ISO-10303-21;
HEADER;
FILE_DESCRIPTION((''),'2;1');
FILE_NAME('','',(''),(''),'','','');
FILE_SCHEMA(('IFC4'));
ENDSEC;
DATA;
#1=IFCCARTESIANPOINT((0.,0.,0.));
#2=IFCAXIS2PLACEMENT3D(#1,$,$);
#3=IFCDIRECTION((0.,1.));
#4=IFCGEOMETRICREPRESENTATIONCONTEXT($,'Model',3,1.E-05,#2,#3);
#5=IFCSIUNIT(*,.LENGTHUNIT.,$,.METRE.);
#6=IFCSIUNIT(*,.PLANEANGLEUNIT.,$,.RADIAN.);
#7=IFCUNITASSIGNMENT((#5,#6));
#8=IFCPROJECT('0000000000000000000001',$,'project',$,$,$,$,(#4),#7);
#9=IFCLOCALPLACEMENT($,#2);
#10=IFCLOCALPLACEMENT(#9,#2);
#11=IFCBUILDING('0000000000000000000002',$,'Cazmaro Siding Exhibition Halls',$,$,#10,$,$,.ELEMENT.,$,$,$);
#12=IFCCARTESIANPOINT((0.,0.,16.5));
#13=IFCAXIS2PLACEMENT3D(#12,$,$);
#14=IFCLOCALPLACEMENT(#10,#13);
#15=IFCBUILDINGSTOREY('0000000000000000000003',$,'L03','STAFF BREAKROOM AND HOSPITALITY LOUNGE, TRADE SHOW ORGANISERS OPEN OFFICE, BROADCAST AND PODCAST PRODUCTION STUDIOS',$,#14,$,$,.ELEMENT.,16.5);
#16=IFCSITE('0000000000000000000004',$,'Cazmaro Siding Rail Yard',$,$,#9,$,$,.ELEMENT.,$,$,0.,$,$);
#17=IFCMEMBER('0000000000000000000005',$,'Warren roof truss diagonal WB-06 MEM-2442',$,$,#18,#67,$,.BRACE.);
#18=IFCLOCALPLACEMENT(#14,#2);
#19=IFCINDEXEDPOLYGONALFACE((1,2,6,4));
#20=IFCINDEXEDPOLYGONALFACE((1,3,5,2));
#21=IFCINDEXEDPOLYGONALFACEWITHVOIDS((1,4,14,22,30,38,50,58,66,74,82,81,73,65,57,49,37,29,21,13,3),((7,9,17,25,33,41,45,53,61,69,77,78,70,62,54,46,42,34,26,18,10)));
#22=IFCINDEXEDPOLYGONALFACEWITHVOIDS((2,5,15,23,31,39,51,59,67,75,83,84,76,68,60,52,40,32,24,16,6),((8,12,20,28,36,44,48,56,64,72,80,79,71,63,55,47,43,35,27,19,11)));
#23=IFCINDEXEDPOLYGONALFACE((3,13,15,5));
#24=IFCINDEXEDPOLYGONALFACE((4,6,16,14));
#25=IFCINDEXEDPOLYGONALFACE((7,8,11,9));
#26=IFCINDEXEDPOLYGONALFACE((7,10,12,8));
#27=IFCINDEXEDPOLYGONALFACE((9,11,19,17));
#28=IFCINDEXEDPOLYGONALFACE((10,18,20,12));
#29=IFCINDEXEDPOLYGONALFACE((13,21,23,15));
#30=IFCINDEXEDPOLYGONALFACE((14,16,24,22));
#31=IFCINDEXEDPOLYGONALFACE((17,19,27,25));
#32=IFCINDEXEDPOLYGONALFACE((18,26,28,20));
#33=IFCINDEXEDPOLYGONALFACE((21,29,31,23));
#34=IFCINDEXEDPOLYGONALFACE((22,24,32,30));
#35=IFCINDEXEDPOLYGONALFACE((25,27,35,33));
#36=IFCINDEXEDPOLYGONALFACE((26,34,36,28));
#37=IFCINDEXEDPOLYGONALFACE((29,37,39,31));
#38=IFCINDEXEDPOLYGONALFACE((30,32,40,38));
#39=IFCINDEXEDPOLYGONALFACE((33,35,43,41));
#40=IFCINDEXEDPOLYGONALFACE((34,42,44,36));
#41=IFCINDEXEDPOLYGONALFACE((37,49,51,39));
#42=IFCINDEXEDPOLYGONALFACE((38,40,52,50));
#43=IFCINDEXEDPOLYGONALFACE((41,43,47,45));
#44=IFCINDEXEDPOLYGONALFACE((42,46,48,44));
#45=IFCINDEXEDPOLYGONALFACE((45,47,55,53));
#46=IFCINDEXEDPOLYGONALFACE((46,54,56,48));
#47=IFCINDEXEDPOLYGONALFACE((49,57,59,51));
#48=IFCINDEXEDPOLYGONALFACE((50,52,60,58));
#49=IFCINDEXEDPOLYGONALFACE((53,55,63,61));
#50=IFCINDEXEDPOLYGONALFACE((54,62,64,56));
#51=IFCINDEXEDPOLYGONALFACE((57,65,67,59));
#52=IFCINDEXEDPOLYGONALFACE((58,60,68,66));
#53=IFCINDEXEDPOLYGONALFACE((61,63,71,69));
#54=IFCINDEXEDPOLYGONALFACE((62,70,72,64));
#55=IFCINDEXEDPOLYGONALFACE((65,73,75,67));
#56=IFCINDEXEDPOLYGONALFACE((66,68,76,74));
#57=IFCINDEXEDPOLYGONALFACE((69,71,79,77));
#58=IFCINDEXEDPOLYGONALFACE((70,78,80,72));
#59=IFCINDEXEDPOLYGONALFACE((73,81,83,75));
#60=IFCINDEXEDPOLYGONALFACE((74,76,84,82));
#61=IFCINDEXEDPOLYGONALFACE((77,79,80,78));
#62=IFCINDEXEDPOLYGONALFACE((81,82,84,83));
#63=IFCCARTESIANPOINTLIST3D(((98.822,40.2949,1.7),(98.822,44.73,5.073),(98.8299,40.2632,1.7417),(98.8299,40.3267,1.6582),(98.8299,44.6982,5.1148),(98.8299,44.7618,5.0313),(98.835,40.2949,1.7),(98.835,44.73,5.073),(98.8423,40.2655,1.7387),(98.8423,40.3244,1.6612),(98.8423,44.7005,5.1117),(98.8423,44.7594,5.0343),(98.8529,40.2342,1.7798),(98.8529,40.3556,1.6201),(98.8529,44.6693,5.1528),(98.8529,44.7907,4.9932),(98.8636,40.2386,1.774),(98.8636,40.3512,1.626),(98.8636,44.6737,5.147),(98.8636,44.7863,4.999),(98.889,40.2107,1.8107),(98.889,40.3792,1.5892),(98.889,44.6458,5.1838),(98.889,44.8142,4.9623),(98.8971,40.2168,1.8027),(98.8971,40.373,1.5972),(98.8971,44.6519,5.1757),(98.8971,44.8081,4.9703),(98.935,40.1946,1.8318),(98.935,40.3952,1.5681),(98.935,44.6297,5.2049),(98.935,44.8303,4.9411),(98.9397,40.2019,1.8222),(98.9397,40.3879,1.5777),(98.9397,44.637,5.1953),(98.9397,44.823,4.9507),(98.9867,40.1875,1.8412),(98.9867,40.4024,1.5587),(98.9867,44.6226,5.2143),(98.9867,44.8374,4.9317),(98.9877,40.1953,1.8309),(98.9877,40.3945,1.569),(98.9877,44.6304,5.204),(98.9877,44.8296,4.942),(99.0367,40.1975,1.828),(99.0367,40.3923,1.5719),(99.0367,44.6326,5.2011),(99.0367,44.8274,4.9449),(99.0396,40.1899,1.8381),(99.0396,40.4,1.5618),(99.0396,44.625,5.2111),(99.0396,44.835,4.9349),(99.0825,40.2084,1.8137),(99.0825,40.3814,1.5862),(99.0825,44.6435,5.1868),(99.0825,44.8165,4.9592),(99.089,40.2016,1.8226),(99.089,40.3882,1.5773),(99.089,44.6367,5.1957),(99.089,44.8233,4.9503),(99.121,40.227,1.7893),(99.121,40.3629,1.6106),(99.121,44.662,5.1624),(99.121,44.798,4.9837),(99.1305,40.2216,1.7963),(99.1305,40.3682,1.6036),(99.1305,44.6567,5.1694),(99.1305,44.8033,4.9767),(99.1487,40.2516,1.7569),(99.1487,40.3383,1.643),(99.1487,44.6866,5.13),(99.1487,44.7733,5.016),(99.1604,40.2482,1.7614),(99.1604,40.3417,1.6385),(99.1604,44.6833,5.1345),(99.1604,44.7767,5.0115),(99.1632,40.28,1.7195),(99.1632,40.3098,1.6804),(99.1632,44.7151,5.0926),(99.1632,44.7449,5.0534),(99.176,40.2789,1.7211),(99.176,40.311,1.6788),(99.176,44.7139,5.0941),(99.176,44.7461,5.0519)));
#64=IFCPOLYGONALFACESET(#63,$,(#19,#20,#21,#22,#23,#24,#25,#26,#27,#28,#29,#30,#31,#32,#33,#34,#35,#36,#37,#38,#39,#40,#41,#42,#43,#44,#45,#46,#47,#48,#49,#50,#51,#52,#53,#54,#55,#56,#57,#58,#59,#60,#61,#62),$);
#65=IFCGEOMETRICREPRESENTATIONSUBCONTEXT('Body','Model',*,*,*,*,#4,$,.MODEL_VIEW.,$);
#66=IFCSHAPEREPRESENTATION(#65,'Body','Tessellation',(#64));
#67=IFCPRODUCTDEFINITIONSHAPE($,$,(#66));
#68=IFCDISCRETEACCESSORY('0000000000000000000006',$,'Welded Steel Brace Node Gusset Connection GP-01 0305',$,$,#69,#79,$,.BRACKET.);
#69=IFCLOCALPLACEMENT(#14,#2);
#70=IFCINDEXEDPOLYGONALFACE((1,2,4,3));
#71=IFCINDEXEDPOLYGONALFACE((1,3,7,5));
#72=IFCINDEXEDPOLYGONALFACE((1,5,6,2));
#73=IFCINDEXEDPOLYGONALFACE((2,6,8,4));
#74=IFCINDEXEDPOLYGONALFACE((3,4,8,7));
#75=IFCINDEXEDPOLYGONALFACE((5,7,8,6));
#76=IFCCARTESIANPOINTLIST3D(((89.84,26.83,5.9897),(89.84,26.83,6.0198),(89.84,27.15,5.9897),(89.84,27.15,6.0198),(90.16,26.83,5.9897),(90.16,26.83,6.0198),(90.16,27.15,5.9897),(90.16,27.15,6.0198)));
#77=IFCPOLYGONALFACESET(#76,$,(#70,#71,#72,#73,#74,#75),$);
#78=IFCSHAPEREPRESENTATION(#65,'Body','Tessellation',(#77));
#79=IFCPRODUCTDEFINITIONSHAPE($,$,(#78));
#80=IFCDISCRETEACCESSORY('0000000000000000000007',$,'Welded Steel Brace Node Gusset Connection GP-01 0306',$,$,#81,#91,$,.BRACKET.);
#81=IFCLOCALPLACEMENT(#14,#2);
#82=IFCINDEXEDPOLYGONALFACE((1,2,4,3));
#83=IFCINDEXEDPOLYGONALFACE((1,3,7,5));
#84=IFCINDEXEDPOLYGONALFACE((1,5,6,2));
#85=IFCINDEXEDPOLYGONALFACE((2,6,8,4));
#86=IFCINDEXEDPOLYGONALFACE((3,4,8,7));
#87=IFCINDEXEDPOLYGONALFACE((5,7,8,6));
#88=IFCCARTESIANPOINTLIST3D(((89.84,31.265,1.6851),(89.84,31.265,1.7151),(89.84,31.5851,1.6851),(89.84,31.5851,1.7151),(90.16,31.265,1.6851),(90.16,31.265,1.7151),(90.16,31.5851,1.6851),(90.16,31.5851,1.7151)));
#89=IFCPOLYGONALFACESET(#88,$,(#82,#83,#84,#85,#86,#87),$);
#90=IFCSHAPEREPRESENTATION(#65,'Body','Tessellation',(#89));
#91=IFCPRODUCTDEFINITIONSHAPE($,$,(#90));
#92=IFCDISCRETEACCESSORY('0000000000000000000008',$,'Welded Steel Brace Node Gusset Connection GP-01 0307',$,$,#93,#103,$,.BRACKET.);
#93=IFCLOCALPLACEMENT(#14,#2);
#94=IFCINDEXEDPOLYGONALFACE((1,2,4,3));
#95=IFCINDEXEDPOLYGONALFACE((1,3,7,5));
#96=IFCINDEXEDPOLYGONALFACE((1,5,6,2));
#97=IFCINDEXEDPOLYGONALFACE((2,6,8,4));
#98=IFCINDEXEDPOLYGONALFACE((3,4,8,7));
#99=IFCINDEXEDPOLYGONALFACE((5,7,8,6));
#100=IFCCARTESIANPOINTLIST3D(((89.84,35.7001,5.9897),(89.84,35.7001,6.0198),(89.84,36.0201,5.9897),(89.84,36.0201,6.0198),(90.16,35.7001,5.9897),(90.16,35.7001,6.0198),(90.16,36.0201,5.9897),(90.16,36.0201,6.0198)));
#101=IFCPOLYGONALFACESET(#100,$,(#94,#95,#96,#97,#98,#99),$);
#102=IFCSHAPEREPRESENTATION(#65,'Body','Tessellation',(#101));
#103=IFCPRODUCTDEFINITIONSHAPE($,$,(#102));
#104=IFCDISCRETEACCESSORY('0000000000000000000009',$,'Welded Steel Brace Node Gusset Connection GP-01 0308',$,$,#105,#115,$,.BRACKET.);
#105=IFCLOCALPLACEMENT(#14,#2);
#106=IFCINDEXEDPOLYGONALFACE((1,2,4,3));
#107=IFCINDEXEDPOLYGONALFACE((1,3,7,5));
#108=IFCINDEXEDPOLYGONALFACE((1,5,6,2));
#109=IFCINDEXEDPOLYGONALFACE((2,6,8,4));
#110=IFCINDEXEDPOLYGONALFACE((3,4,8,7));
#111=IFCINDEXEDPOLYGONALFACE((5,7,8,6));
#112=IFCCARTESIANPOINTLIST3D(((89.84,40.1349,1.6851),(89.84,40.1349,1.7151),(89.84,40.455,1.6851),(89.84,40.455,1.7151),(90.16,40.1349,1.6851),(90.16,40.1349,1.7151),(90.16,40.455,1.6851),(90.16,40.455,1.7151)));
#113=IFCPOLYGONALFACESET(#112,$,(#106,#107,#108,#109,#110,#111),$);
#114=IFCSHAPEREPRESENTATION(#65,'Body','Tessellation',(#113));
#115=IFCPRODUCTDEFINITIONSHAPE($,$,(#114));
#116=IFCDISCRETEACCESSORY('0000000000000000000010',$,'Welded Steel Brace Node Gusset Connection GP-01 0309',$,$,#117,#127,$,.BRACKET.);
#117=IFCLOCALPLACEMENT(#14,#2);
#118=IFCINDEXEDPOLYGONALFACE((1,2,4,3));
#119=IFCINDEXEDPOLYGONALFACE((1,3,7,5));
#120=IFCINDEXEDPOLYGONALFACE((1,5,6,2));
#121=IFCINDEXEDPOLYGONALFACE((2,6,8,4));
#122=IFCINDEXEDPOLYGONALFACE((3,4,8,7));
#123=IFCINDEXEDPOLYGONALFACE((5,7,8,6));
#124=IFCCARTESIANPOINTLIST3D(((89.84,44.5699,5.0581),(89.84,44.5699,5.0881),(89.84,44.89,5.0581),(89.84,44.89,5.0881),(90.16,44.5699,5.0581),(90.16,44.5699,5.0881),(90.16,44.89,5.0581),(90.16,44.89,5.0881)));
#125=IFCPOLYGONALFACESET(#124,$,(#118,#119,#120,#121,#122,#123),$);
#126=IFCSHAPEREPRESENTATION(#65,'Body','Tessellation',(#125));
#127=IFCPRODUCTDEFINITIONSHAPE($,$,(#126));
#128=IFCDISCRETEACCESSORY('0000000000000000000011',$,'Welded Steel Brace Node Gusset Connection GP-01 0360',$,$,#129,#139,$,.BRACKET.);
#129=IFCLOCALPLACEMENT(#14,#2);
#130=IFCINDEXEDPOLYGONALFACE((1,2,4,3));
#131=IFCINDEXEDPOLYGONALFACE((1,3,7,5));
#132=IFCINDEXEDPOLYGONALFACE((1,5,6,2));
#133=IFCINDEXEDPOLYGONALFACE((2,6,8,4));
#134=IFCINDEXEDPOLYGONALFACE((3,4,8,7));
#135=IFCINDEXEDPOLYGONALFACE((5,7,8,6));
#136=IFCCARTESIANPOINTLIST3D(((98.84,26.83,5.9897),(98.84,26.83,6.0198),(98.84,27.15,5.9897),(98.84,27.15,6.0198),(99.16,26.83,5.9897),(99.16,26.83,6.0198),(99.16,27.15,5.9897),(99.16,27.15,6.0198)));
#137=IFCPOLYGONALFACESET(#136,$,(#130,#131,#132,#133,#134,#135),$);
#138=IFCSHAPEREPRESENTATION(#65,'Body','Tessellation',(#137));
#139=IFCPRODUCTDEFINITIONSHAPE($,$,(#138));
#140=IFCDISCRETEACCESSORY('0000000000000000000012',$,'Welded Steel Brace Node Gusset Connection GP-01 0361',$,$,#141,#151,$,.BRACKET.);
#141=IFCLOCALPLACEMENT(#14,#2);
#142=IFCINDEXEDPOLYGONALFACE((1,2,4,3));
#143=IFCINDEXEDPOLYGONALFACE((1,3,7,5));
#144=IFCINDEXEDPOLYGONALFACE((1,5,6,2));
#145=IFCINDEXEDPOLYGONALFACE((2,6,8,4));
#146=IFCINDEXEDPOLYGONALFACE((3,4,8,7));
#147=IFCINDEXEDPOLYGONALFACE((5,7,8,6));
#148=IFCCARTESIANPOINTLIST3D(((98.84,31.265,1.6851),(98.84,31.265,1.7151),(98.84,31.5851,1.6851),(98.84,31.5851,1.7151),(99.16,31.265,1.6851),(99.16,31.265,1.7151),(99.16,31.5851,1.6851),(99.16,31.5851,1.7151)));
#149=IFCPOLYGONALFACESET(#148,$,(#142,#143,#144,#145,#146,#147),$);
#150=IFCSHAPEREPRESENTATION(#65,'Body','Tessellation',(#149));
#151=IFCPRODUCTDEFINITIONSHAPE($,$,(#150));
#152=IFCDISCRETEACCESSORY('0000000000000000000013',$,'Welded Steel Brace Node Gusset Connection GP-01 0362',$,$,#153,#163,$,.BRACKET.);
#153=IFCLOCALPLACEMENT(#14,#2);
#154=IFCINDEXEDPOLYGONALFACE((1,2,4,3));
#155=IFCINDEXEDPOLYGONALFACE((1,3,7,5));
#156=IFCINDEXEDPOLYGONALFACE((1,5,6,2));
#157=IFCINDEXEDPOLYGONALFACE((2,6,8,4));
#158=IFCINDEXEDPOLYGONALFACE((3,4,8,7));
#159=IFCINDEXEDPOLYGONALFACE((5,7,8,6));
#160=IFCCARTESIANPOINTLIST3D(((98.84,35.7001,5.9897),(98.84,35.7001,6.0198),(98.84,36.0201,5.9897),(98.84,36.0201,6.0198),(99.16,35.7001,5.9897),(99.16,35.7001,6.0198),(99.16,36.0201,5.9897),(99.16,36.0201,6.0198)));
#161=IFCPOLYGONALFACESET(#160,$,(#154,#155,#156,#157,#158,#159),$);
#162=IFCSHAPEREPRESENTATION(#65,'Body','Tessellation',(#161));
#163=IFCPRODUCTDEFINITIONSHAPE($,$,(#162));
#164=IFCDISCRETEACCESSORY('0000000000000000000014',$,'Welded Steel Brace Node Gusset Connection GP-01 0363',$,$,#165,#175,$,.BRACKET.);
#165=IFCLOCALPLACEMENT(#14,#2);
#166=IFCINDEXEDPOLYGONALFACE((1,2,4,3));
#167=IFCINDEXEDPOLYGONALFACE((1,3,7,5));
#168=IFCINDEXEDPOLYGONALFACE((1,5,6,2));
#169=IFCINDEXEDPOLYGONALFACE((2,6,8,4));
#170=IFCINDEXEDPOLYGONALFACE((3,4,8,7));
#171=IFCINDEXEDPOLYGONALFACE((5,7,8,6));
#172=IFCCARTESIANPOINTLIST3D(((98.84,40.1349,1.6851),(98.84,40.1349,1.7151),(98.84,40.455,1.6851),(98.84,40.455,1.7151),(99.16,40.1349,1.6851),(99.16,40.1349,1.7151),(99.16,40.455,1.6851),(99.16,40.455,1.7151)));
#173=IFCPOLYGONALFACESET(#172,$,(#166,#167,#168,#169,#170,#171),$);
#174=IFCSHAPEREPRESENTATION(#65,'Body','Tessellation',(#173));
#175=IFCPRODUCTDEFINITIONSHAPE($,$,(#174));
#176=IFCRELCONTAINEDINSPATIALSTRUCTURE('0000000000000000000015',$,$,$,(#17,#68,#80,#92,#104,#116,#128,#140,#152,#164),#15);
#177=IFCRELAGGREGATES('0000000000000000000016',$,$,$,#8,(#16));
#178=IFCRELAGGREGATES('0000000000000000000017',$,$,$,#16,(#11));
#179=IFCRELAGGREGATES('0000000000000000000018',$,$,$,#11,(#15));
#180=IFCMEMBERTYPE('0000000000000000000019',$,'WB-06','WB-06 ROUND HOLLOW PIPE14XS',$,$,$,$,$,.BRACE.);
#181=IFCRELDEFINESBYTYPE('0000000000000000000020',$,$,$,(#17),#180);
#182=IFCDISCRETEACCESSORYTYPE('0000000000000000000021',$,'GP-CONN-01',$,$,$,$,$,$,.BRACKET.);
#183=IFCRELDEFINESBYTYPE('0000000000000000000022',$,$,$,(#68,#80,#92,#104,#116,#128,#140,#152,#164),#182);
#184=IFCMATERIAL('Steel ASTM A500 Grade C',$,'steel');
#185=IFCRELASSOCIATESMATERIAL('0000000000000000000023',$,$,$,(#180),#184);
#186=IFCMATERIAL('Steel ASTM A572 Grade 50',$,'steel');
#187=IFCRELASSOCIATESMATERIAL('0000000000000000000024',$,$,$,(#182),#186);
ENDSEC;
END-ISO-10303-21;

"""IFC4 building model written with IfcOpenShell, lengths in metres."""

from ifc_helpers import new_model, si_unit, direction, frame, origin, origin_2d, place, context, subcontext, project, spatial, rectangle, hollow_circle, extrude, material, material_profile, profile_set, type_object, element, save


model = new_model("IFC4")

# Units and contexts
model_context = context("Model", 3, precision=1e-05, world=origin(), true_north=direction((0.0, 1.0)))
body_context = subcontext(model_context, "Body", "Model", "MODEL_VIEW")
ifc_project = project(units=[si_unit("LENGTHUNIT", "METRE"), si_unit("PLANEANGLEUNIT", "RADIAN")], contexts=[model_context])

# Site, building, storey
site_placement = place(None, origin())
site = spatial("IfcSite", under=ifc_project, at=site_placement, Name="Cazmaro Siding Rail Yard", CompositionType="ELEMENT", RefElevation=0.0)
building_placement = place(site_placement, origin())
building = spatial("IfcBuilding", under=site, at=building_placement, Name="Cazmaro Siding Exhibition Halls", CompositionType="ELEMENT")
storey_placement = place(building_placement, frame((0.0, 0.0, 16.5)))
storey = spatial("IfcBuildingStorey", under=building, at=storey_placement, Name="L03", Description="STAFF BREAKROOM AND HOSPITALITY LOUNGE, TRADE SHOW ORGANISERS OPEN OFFICE, BROADCAST AND PODCAST PRODUCTION STUDIOS", CompositionType="ELEMENT", Elevation=16.5)

# Member
ifc_material_1 = material(Name="Steel ASTM A500 Grade C", Category="steel")
ifc_material_profile_1 = material_profile(ifc_material_1, hollow_circle(Radius=0.178, WallThickness=0.0129, at=origin_2d()), Name="PIPE14XS")
ifc_profile_set_1 = profile_set([ifc_material_profile_1], Name="Steel ASTM A500 Grade C")
member_type_1 = type_object("IfcMemberType", Name="WB-06", Description="WB-06 ROUND HOLLOW PIPE14XS", PredefinedType="BRACE", material=ifc_profile_set_1)
member_1_placement = place(storey_placement, frame((99.0, 40.2949, 1.7), z_axis=(0.0, 0.795954, 0.605357), x_axis=(-1.0, 0.0, 0.0)))
element("IfcMember", 1, at=member_1_placement, inside=storey, type_object=member_type_1, Name="Warren roof truss diagonal WB-06 MEM-2442", PredefinedType="BRACE", context=body_context, shape_type="SweptSolid", body=[
    extrude(hollow_circle(Radius=0.178, WallThickness=0.0129, at=origin_2d()), origin(), (0.0, 0.0, 1.0), 5.572),
])

# Discrete accessories
ifc_material_2 = material(Name="Steel ASTM A572 Grade 50", Category="steel")
discrete_accessory_type = type_object("IfcDiscreteAccessoryType", Name="GP-CONN-01", PredefinedType="BRACKET", material=ifc_material_2)
for number, where, z_axis, x_axis, name in (
    (2, (90.0, 26.99, 5.9897), (0.0, 0.0, 1.0), (1.0, 0.0, 0.0), "Welded Steel Brace Node Gusset Connection GP-01 0305"),
    (3, (90.0, 31.425, 1.6851), (0.0, 0.0, 1.0), (1.0, 0.0, 0.0), "Welded Steel Brace Node Gusset Connection GP-01 0306"),
    (4, (90.0, 35.8601, 5.9897), (0.0, 0.0, 1.0), (1.0, 0.0, 0.0), "Welded Steel Brace Node Gusset Connection GP-01 0307"),
    (5, (90.0, 40.2949, 1.6851), (0.0, 0.0, 1.0), (1.0, 0.0, 0.0), "Welded Steel Brace Node Gusset Connection GP-01 0308"),
    (6, (90.0, 44.73, 5.0581), (0.0, 0.0, 1.0), (1.0, 0.0, 0.0), "Welded Steel Brace Node Gusset Connection GP-01 0309"),
    (7, (99.0, 26.99, 5.9897), (0.0, 0.0, 1.0), (1.0, 0.0, 0.0), "Welded Steel Brace Node Gusset Connection GP-01 0360"),
    (8, (99.0, 31.425, 1.6851), (0.0, 0.0, 1.0), (1.0, 0.0, 0.0), "Welded Steel Brace Node Gusset Connection GP-01 0361"),
    (9, (99.0, 35.8601, 5.9897), (0.0, 0.0, 1.0), (1.0, 0.0, 0.0), "Welded Steel Brace Node Gusset Connection GP-01 0362"),
    (10, (99.0, 40.2949, 1.6851), (0.0, 0.0, 1.0), (1.0, 0.0, 0.0), "Welded Steel Brace Node Gusset Connection GP-01 0363"),
):
    element("IfcDiscreteAccessory", number, at=place(storey_placement, frame(where, z_axis=z_axis, x_axis=x_axis)), inside=storey, type_object=discrete_accessory_type, Name=name, PredefinedType="BRACKET", context=body_context, shape_type="SweptSolid", body=[
        extrude(rectangle(XDim=0.3201, YDim=0.3201, at=origin_2d()), origin(), (0.0, 0.0, 1.0), 0.03),
    ])

save(model, "model.ifc")
